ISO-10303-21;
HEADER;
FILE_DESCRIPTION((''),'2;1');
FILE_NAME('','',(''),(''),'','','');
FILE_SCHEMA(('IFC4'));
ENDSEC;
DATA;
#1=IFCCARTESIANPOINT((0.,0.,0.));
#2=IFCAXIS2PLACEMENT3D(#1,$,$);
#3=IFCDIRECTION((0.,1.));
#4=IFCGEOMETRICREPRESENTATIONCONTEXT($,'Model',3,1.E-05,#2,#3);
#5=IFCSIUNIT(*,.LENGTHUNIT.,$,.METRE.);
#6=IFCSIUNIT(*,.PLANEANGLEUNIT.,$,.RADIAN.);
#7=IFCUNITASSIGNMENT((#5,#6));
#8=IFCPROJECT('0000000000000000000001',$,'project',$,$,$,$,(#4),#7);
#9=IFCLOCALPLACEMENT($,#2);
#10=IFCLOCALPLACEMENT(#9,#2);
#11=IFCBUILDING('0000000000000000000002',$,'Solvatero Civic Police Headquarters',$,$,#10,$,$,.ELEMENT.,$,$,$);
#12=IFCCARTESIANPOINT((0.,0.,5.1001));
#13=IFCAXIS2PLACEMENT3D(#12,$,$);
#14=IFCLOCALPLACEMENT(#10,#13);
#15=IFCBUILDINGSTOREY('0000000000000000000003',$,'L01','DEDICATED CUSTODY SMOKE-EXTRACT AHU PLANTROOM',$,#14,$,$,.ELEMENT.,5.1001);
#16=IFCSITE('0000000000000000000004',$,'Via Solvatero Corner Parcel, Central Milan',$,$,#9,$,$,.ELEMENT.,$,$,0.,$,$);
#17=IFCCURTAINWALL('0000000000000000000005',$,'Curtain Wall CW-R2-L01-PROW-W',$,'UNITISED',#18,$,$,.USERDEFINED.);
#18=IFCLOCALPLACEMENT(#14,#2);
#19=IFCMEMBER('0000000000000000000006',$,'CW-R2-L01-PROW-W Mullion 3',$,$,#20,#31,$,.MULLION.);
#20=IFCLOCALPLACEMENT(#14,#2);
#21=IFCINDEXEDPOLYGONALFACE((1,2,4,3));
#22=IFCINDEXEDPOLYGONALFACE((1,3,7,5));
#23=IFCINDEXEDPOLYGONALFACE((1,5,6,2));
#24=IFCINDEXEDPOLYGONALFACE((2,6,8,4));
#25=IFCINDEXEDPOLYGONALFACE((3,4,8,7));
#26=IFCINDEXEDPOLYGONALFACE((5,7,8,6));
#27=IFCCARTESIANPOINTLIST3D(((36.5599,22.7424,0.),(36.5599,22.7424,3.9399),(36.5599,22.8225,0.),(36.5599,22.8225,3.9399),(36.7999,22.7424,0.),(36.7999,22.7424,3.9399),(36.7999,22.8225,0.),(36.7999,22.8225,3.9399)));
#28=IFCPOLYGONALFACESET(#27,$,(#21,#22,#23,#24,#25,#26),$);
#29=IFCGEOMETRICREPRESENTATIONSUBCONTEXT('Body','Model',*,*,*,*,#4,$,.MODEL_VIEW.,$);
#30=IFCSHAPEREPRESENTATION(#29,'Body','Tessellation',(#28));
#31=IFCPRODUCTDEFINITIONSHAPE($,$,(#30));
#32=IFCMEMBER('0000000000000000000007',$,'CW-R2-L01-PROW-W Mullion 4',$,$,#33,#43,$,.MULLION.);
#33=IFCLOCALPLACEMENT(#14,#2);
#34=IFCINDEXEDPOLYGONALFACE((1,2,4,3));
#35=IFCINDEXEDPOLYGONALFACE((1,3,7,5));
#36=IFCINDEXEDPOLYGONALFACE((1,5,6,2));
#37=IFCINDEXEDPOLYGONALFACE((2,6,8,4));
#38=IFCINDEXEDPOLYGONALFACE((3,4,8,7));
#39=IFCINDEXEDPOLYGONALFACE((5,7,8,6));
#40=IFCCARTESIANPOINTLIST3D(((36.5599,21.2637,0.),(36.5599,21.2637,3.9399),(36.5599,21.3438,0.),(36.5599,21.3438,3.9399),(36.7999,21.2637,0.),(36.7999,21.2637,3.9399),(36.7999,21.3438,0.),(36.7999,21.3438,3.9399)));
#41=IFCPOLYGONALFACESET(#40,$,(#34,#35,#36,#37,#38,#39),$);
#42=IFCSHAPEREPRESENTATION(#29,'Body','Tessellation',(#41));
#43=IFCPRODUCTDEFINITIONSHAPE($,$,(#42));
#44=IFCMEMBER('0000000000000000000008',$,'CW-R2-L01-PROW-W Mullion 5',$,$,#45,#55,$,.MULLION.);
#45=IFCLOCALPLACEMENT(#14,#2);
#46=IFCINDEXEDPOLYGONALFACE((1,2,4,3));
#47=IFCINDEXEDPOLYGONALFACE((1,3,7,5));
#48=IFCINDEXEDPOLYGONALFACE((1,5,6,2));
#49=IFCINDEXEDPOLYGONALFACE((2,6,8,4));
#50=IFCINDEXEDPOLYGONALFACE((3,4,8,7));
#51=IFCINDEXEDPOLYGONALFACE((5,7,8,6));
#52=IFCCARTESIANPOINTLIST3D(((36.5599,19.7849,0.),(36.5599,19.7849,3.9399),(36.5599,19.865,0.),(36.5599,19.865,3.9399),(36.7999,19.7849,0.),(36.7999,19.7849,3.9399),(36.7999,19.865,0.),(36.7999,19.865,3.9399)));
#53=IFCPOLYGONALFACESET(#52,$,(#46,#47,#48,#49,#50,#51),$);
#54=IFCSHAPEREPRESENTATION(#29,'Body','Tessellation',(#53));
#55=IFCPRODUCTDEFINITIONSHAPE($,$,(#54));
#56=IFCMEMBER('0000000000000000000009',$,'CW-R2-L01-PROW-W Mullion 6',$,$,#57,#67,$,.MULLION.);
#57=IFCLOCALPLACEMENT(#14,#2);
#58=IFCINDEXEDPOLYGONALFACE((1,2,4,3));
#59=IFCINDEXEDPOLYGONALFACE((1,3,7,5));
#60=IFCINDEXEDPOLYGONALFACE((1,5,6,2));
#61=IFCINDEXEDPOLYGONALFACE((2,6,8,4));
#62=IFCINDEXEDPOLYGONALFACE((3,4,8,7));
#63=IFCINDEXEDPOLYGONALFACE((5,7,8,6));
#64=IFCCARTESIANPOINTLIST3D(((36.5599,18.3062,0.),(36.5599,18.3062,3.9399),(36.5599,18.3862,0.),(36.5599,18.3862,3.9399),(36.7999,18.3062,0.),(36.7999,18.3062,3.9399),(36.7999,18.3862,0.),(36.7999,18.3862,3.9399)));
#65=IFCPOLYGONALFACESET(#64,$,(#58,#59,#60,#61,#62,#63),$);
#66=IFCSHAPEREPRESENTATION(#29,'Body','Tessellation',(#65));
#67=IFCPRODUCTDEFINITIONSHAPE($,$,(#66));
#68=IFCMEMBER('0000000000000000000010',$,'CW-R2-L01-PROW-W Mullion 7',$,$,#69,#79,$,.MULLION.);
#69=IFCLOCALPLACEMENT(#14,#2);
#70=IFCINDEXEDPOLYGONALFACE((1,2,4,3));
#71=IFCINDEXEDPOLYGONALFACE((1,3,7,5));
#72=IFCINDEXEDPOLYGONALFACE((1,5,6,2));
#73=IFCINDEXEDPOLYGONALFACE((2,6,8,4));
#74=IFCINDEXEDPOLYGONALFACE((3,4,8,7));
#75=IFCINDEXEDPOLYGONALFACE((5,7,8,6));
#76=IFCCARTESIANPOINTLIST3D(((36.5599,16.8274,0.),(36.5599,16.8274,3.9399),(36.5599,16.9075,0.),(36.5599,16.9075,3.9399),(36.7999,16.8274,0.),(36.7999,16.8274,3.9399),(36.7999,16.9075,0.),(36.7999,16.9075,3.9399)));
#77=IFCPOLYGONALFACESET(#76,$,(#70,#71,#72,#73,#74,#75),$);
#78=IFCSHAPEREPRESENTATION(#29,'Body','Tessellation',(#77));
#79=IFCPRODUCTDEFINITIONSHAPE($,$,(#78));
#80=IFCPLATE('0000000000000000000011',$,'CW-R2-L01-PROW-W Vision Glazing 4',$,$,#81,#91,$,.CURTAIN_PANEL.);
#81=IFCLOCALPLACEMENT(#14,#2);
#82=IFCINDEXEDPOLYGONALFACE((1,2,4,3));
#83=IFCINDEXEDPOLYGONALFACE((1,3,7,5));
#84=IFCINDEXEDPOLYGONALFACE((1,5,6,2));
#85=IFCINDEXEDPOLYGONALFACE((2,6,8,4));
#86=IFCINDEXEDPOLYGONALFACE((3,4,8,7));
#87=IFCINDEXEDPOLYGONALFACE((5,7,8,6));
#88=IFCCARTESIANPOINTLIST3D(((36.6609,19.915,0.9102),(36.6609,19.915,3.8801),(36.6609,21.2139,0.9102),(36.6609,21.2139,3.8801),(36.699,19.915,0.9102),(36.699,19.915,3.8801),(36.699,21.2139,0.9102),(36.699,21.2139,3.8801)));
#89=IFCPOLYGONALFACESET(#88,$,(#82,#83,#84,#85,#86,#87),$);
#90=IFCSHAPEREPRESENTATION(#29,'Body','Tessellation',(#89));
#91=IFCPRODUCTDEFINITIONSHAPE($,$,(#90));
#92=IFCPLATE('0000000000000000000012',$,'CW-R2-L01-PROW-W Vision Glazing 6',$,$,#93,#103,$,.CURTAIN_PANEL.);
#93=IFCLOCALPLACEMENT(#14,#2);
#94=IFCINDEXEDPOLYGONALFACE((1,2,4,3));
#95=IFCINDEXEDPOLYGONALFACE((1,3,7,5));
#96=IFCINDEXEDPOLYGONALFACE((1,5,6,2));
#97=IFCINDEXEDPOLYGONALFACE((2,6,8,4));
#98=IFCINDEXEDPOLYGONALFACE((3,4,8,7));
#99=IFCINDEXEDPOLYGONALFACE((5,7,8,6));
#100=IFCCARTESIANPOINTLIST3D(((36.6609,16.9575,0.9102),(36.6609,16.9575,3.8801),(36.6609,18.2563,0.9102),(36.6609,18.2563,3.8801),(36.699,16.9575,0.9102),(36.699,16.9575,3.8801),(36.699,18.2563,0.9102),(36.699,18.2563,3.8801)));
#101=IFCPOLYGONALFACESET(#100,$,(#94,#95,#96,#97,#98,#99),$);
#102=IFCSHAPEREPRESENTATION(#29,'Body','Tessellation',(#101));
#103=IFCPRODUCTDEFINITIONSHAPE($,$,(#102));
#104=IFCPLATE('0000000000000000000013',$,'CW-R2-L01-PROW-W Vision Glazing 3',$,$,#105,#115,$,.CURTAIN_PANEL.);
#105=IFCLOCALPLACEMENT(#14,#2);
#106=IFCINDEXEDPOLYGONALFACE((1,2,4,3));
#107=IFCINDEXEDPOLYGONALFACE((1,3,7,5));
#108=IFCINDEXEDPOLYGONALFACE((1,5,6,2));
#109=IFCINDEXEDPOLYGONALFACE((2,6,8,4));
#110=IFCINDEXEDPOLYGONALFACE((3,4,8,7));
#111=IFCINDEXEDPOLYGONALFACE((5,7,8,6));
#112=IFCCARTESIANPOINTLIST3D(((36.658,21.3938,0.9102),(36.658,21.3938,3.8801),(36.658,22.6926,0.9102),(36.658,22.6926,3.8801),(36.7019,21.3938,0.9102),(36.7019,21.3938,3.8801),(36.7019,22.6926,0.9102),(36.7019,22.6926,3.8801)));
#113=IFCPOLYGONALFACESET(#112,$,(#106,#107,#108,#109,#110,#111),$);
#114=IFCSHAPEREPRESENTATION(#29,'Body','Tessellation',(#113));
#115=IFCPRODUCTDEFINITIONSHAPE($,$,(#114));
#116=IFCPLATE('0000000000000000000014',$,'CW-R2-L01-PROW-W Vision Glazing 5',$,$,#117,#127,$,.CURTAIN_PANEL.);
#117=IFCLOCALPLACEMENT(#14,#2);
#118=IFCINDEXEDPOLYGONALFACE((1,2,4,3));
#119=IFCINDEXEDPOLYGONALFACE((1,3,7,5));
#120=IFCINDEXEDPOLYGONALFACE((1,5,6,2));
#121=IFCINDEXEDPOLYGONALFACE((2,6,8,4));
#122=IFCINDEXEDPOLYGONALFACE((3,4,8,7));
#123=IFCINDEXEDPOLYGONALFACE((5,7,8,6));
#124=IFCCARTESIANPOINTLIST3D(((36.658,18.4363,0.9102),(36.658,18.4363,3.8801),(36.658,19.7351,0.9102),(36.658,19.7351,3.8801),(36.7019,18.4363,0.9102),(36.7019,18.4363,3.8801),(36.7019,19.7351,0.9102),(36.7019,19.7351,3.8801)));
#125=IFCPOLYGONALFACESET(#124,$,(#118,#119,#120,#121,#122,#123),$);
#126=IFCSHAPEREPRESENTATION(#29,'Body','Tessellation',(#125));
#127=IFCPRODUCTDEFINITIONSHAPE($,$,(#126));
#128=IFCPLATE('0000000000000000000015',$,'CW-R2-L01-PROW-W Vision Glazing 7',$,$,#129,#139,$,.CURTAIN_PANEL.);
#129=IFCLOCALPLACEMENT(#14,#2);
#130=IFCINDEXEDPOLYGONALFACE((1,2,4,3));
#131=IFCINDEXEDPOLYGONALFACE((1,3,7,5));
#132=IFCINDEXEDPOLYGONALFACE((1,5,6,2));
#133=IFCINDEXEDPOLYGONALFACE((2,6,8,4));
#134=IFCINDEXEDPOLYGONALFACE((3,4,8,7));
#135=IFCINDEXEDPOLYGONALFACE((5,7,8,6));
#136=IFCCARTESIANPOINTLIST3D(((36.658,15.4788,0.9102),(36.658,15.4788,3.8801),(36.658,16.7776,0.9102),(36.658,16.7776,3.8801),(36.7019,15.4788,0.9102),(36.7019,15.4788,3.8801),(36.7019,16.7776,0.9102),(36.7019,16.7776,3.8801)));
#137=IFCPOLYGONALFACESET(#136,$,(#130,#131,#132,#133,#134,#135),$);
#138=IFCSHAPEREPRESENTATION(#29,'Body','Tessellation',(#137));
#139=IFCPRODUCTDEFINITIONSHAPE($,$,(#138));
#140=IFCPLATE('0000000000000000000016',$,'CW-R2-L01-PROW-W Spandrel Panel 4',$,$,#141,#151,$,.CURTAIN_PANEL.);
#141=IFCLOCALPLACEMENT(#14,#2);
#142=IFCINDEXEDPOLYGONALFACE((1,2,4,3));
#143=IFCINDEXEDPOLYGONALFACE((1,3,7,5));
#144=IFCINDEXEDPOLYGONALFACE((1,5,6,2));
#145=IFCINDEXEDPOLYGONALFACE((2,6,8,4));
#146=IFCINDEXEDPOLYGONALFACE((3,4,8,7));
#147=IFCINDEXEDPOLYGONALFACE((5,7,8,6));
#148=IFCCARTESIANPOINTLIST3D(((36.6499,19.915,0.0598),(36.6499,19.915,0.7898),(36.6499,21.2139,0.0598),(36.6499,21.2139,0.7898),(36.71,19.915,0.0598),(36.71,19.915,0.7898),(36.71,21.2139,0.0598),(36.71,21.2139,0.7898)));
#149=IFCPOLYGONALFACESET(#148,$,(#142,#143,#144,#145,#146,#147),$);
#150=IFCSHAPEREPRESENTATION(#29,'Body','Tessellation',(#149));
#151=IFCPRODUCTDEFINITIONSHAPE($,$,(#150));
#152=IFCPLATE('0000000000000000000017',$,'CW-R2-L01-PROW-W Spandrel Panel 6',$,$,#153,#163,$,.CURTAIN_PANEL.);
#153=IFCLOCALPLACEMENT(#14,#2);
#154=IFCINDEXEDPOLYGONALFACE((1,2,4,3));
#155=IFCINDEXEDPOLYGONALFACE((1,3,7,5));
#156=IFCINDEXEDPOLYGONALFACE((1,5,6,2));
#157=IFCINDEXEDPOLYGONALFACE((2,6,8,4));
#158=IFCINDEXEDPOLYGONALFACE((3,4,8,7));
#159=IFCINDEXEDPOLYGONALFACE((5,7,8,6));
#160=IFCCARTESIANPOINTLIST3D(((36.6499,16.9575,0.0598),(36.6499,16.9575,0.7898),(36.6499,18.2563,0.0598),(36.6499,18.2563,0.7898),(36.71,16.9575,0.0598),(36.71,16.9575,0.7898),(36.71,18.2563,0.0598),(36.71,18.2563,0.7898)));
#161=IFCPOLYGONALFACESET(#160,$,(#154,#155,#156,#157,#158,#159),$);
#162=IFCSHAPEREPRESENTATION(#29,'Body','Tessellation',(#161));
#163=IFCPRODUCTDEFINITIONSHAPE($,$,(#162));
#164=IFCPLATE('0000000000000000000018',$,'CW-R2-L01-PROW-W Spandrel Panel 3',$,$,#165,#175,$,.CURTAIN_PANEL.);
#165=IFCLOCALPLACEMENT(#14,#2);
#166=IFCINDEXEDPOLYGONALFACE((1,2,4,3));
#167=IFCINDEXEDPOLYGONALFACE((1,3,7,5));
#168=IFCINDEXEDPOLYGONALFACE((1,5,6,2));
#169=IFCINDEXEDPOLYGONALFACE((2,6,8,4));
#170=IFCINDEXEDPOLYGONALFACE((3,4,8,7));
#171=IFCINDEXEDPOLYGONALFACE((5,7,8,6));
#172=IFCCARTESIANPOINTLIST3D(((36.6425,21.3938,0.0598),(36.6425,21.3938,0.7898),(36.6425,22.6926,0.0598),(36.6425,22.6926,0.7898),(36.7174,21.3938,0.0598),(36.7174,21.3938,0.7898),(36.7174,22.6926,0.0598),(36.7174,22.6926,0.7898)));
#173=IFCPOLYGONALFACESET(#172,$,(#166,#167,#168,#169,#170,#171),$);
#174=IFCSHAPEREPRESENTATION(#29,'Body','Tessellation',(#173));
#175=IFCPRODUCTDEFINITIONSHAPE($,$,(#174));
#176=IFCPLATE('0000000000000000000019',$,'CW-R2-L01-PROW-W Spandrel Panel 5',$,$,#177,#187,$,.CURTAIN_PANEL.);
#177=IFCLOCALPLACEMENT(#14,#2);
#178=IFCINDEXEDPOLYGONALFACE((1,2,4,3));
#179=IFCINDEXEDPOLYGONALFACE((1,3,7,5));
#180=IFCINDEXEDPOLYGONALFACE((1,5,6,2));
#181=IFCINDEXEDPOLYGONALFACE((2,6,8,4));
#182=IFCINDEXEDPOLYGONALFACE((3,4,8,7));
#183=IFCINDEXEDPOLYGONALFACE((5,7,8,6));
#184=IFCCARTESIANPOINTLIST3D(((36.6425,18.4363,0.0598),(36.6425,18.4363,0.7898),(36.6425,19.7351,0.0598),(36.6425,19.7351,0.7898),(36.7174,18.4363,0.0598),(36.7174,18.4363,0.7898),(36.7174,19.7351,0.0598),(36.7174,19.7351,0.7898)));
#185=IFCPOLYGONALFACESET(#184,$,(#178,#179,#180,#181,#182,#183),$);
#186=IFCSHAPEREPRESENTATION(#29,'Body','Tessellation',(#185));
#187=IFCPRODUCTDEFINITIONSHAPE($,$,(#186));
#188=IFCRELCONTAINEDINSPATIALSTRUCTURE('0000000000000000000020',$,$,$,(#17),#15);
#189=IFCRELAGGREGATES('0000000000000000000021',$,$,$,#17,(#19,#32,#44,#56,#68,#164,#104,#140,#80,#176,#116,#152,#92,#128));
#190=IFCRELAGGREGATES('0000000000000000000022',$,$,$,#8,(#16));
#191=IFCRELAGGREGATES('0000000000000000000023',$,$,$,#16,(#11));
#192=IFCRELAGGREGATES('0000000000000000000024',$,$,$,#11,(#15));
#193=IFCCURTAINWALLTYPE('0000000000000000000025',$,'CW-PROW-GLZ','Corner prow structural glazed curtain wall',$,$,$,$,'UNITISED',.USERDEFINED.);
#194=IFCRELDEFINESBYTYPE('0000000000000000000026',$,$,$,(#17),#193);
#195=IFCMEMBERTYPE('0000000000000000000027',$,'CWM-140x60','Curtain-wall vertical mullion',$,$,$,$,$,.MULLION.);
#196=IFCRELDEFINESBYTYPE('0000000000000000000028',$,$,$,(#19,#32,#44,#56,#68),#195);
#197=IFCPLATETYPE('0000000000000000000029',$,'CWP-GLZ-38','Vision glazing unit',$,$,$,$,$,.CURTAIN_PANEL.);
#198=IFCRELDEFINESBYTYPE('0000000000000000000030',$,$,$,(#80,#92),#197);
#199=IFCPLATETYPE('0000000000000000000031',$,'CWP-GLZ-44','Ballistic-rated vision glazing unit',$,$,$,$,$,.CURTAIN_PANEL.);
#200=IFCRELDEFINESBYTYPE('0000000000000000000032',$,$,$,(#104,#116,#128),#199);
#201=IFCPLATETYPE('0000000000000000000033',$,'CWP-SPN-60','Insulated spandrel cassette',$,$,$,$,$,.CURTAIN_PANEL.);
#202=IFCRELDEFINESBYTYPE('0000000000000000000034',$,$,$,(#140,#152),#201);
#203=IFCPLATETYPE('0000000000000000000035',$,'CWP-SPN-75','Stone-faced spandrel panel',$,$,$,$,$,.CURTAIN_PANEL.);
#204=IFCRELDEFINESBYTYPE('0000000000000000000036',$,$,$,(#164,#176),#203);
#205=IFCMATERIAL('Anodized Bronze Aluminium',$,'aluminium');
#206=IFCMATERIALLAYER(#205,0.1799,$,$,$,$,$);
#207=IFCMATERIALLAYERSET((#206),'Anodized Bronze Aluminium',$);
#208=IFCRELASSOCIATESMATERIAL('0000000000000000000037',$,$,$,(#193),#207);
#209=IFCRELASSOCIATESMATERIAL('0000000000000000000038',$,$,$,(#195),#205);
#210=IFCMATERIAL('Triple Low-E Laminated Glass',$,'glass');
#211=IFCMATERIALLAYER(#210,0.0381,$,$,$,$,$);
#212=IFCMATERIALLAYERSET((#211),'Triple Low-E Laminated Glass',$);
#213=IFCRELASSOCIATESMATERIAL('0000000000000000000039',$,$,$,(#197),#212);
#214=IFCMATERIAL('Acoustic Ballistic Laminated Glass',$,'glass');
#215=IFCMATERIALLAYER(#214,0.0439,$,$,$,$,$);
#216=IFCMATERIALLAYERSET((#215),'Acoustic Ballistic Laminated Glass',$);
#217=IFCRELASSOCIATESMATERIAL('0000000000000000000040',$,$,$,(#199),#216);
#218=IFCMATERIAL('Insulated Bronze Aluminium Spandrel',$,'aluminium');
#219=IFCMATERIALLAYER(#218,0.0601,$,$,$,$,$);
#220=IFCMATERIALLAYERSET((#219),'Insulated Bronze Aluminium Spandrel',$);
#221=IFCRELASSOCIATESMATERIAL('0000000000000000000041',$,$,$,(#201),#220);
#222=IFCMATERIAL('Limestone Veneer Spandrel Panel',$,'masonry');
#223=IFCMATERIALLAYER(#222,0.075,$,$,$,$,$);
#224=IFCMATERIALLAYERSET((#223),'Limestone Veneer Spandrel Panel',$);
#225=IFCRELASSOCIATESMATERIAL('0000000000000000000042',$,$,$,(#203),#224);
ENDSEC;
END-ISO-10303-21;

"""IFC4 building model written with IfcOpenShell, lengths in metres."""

from ifc_helpers import new_model, si_unit, direction, frame, origin, origin_2d, place, context, subcontext, project, spatial, rectangle, extrude, material, layer, layer_set, material_profile, profile_set, type_object, element, aggregate, save


model = new_model("IFC4")

# Units and contexts
model_context = context("Model", 3, precision=1e-05, world=origin(), true_north=direction((0.0, 1.0)))
body_context = subcontext(model_context, "Body", "Model", "MODEL_VIEW")
ifc_project = project(units=[si_unit("LENGTHUNIT", "METRE"), si_unit("PLANEANGLEUNIT", "RADIAN")], contexts=[model_context])

# Site, building, storey
site_placement = place(None, origin())
site = spatial("IfcSite", under=ifc_project, at=site_placement, Name="Via Solvatero Corner Parcel, Central Milan", CompositionType="ELEMENT", RefElevation=0.0)
building_placement = place(site_placement, origin())
building = spatial("IfcBuilding", under=site, at=building_placement, Name="Solvatero Civic Police Headquarters", CompositionType="ELEMENT")
storey_placement = place(building_placement, frame((0.0, 0.0, 5.1001)))
storey = spatial("IfcBuildingStorey", under=building, at=storey_placement, Name="L01", Description="DEDICATED CUSTODY SMOKE-EXTRACT AHU PLANTROOM", CompositionType="ELEMENT", Elevation=5.1001)

# Curtain wall, members, plates
ifc_material_1 = material(Name="Anodized Bronze Aluminium", Category="aluminium")
ifc_layer_1 = layer(ifc_material_1, 0.1799)
ifc_layer_set_1 = layer_set([ifc_layer_1], Name="Anodized Bronze Aluminium")
curtain_wall_type = type_object("IfcCurtainWallType", Name="CW-PROW-GLZ", Description="Corner prow structural glazed curtain wall", ElementType="UNITISED", PredefinedType="USERDEFINED", material=ifc_layer_set_1)
curtain_wall_placement = place(storey_placement, origin())
curtain_wall = element("IfcCurtainWall", 1, at=curtain_wall_placement, inside=storey, type_object=curtain_wall_type, Name="Curtain Wall CW-R2-L01-PROW-W", ObjectType="UNITISED", PredefinedType="USERDEFINED")
ifc_material_profile = material_profile(ifc_material_1, rectangle(XDim=0.0801, YDim=0.24, at=origin_2d()), Name="ALU MULLION 80x240")
ifc_profile_set = profile_set([ifc_material_profile], Name="Anodized Bronze Aluminium")
member_type = type_object("IfcMemberType", Name="CWM-140x60", Description="Curtain-wall vertical mullion", PredefinedType="MULLION", material=ifc_profile_set)
member_1_placement = place(storey_placement, frame((36.6799, 22.7825, 0.0), z_axis=(0.0, 0.0, 1.0), x_axis=(0.0, -1.0, 0.0)))
member_1 = element("IfcMember", 2, at=member_1_placement, type_object=member_type, Name="CW-R2-L01-PROW-W Mullion 3", PredefinedType="MULLION", context=body_context, shape_type="SweptSolid", body=[
    extrude(rectangle(XDim=0.0801, YDim=0.24, at=origin_2d()), origin(), (0.0, 0.0, 1.0), 3.9399),
])
member_2_placement = place(storey_placement, frame((36.6799, 21.3037, 0.0), z_axis=(0.0, 0.0, 1.0), x_axis=(0.0, -1.0, 0.0)))
member_2 = element("IfcMember", 3, at=member_2_placement, type_object=member_type, Name="CW-R2-L01-PROW-W Mullion 4", PredefinedType="MULLION", context=body_context, shape_type="SweptSolid", body=[
    extrude(rectangle(XDim=0.0801, YDim=0.24, at=origin_2d()), origin(), (0.0, 0.0, 1.0), 3.9399),
])
member_3_placement = place(storey_placement, frame((36.6799, 19.825, 0.0), z_axis=(0.0, 0.0, 1.0), x_axis=(0.0, -1.0, 0.0)))
member_3 = element("IfcMember", 4, at=member_3_placement, type_object=member_type, Name="CW-R2-L01-PROW-W Mullion 5", PredefinedType="MULLION", context=body_context, shape_type="SweptSolid", body=[
    extrude(rectangle(XDim=0.0801, YDim=0.24, at=origin_2d()), origin(), (0.0, 0.0, 1.0), 3.9399),
])
member_4_placement = place(storey_placement, frame((36.6799, 18.3462, 0.0), z_axis=(0.0, 0.0, 1.0), x_axis=(0.0, -1.0, 0.0)))
member_4 = element("IfcMember", 5, at=member_4_placement, type_object=member_type, Name="CW-R2-L01-PROW-W Mullion 6", PredefinedType="MULLION", context=body_context, shape_type="SweptSolid", body=[
    extrude(rectangle(XDim=0.0801, YDim=0.24, at=origin_2d()), origin(), (0.0, 0.0, 1.0), 3.9399),
])
member_5_placement = place(storey_placement, frame((36.6799, 16.8674, 0.0), z_axis=(0.0, 0.0, 1.0), x_axis=(0.0, -1.0, 0.0)))
member_5 = element("IfcMember", 6, at=member_5_placement, type_object=member_type, Name="CW-R2-L01-PROW-W Mullion 7", PredefinedType="MULLION", context=body_context, shape_type="SweptSolid", body=[
    extrude(rectangle(XDim=0.0801, YDim=0.24, at=origin_2d()), origin(), (0.0, 0.0, 1.0), 3.9399),
])
ifc_material_2 = material(Name="Triple Low-E Laminated Glass", Category="glass")
ifc_layer_2 = layer(ifc_material_2, 0.0381)
ifc_layer_set_2 = layer_set([ifc_layer_2], Name="Triple Low-E Laminated Glass")
plate_type_1 = type_object("IfcPlateType", Name="CWP-GLZ-38", Description="Vision glazing unit", PredefinedType="CURTAIN_PANEL", material=ifc_layer_set_2)
plate_1_placement = place(storey_placement, frame((36.6799, 20.5645, 0.9102), z_axis=(0.0, 0.0, 1.0), x_axis=(0.0, -1.0, 0.0)))
plate_1 = element("IfcPlate", 7, at=plate_1_placement, type_object=plate_type_1, Name="CW-R2-L01-PROW-W Vision Glazing 4", PredefinedType="CURTAIN_PANEL", context=body_context, shape_type="SweptSolid", body=[
    extrude(rectangle(XDim=1.2988, YDim=0.0381, at=origin_2d()), origin(), (0.0, 0.0, 1.0), 2.97),
])
plate_2_placement = place(storey_placement, frame((36.6799, 17.6069, 0.9102), z_axis=(0.0, 0.0, 1.0), x_axis=(0.0, -1.0, 0.0)))
plate_2 = element("IfcPlate", 8, at=plate_2_placement, type_object=plate_type_1, Name="CW-R2-L01-PROW-W Vision Glazing 6", PredefinedType="CURTAIN_PANEL", context=body_context, shape_type="SweptSolid", body=[
    extrude(rectangle(XDim=1.2988, YDim=0.0381, at=origin_2d()), origin(), (0.0, 0.0, 1.0), 2.97),
])
ifc_material_3 = material(Name="Acoustic Ballistic Laminated Glass", Category="glass")
ifc_layer_3 = layer(ifc_material_3, 0.0439)
ifc_layer_set_3 = layer_set([ifc_layer_3], Name="Acoustic Ballistic Laminated Glass")
plate_type_2 = type_object("IfcPlateType", Name="CWP-GLZ-44", Description="Ballistic-rated vision glazing unit", PredefinedType="CURTAIN_PANEL", material=ifc_layer_set_3)
plate_3_placement = place(storey_placement, frame((36.6799, 22.0432, 0.9102), z_axis=(0.0, 0.0, 1.0), x_axis=(0.0, -1.0, 0.0)))
plate_3 = element("IfcPlate", 9, at=plate_3_placement, type_object=plate_type_2, Name="CW-R2-L01-PROW-W Vision Glazing 3", PredefinedType="CURTAIN_PANEL", context=body_context, shape_type="SweptSolid", body=[
    extrude(rectangle(XDim=1.2988, YDim=0.0439, at=origin_2d()), origin(), (0.0, 0.0, 1.0), 2.97),
])
plate_4_placement = place(storey_placement, frame((36.6799, 19.0857, 0.9102), z_axis=(0.0, 0.0, 1.0), x_axis=(0.0, -1.0, 0.0)))
plate_4 = element("IfcPlate", 10, at=plate_4_placement, type_object=plate_type_2, Name="CW-R2-L01-PROW-W Vision Glazing 5", PredefinedType="CURTAIN_PANEL", context=body_context, shape_type="SweptSolid", body=[
    extrude(rectangle(XDim=1.2988, YDim=0.0439, at=origin_2d()), origin(), (0.0, 0.0, 1.0), 2.97),
])
plate_5_placement = place(storey_placement, frame((36.6799, 16.1282, 0.9102), z_axis=(0.0, 0.0, 1.0), x_axis=(0.0, -1.0, 0.0)))
plate_5 = element("IfcPlate", 11, at=plate_5_placement, type_object=plate_type_2, Name="CW-R2-L01-PROW-W Vision Glazing 7", PredefinedType="CURTAIN_PANEL", context=body_context, shape_type="SweptSolid", body=[
    extrude(rectangle(XDim=1.2988, YDim=0.0439, at=origin_2d()), origin(), (0.0, 0.0, 1.0), 2.97),
])
ifc_material_4 = material(Name="Insulated Bronze Aluminium Spandrel", Category="aluminium")
ifc_layer_4 = layer(ifc_material_4, 0.0601)
ifc_layer_set_4 = layer_set([ifc_layer_4], Name="Insulated Bronze Aluminium Spandrel")
plate_type_3 = type_object("IfcPlateType", Name="CWP-SPN-60", Description="Insulated spandrel cassette", PredefinedType="CURTAIN_PANEL", material=ifc_layer_set_4)
plate_6_placement = place(storey_placement, frame((36.6799, 20.5645, 0.0598), z_axis=(0.0, 0.0, 1.0), x_axis=(0.0, -1.0, 0.0)))
plate_6 = element("IfcPlate", 12, at=plate_6_placement, type_object=plate_type_3, Name="CW-R2-L01-PROW-W Spandrel Panel 4", PredefinedType="CURTAIN_PANEL", context=body_context, shape_type="SweptSolid", body=[
    extrude(rectangle(XDim=1.2988, YDim=0.0601, at=origin_2d()), origin(), (0.0, 0.0, 1.0), 0.73),
])
plate_7_placement = place(storey_placement, frame((36.6799, 17.6069, 0.0598), z_axis=(0.0, 0.0, 1.0), x_axis=(0.0, -1.0, 0.0)))
plate_7 = element("IfcPlate", 13, at=plate_7_placement, type_object=plate_type_3, Name="CW-R2-L01-PROW-W Spandrel Panel 6", PredefinedType="CURTAIN_PANEL", context=body_context, shape_type="SweptSolid", body=[
    extrude(rectangle(XDim=1.2988, YDim=0.0601, at=origin_2d()), origin(), (0.0, 0.0, 1.0), 0.73),
])
ifc_material_5 = material(Name="Limestone Veneer Spandrel Panel", Category="masonry")
ifc_layer_5 = layer(ifc_material_5, 0.075)
ifc_layer_set_5 = layer_set([ifc_layer_5], Name="Limestone Veneer Spandrel Panel")
plate_type_4 = type_object("IfcPlateType", Name="CWP-SPN-75", Description="Stone-faced spandrel panel", PredefinedType="CURTAIN_PANEL", material=ifc_layer_set_5)
plate_8_placement = place(storey_placement, frame((36.6799, 22.0432, 0.0598), z_axis=(0.0, 0.0, 1.0), x_axis=(0.0, -1.0, 0.0)))
plate_8 = element("IfcPlate", 14, at=plate_8_placement, type_object=plate_type_4, Name="CW-R2-L01-PROW-W Spandrel Panel 3", PredefinedType="CURTAIN_PANEL", context=body_context, shape_type="SweptSolid", body=[
    extrude(rectangle(XDim=1.2988, YDim=0.075, at=origin_2d()), origin(), (0.0, 0.0, 1.0), 0.73),
])
plate_9_placement = place(storey_placement, frame((36.6799, 19.0857, 0.0598), z_axis=(0.0, 0.0, 1.0), x_axis=(0.0, -1.0, 0.0)))
plate_9 = element("IfcPlate", 15, at=plate_9_placement, type_object=plate_type_4, Name="CW-R2-L01-PROW-W Spandrel Panel 5", PredefinedType="CURTAIN_PANEL", context=body_context, shape_type="SweptSolid", body=[
    extrude(rectangle(XDim=1.2988, YDim=0.075, at=origin_2d()), origin(), (0.0, 0.0, 1.0), 0.73),
])
aggregate(curtain_wall, [member_1, member_2, member_3, member_4, member_5, plate_8, plate_3, plate_6, plate_1, plate_9, plate_4, plate_7, plate_2, plate_5])

save(model, "model.ifc")
